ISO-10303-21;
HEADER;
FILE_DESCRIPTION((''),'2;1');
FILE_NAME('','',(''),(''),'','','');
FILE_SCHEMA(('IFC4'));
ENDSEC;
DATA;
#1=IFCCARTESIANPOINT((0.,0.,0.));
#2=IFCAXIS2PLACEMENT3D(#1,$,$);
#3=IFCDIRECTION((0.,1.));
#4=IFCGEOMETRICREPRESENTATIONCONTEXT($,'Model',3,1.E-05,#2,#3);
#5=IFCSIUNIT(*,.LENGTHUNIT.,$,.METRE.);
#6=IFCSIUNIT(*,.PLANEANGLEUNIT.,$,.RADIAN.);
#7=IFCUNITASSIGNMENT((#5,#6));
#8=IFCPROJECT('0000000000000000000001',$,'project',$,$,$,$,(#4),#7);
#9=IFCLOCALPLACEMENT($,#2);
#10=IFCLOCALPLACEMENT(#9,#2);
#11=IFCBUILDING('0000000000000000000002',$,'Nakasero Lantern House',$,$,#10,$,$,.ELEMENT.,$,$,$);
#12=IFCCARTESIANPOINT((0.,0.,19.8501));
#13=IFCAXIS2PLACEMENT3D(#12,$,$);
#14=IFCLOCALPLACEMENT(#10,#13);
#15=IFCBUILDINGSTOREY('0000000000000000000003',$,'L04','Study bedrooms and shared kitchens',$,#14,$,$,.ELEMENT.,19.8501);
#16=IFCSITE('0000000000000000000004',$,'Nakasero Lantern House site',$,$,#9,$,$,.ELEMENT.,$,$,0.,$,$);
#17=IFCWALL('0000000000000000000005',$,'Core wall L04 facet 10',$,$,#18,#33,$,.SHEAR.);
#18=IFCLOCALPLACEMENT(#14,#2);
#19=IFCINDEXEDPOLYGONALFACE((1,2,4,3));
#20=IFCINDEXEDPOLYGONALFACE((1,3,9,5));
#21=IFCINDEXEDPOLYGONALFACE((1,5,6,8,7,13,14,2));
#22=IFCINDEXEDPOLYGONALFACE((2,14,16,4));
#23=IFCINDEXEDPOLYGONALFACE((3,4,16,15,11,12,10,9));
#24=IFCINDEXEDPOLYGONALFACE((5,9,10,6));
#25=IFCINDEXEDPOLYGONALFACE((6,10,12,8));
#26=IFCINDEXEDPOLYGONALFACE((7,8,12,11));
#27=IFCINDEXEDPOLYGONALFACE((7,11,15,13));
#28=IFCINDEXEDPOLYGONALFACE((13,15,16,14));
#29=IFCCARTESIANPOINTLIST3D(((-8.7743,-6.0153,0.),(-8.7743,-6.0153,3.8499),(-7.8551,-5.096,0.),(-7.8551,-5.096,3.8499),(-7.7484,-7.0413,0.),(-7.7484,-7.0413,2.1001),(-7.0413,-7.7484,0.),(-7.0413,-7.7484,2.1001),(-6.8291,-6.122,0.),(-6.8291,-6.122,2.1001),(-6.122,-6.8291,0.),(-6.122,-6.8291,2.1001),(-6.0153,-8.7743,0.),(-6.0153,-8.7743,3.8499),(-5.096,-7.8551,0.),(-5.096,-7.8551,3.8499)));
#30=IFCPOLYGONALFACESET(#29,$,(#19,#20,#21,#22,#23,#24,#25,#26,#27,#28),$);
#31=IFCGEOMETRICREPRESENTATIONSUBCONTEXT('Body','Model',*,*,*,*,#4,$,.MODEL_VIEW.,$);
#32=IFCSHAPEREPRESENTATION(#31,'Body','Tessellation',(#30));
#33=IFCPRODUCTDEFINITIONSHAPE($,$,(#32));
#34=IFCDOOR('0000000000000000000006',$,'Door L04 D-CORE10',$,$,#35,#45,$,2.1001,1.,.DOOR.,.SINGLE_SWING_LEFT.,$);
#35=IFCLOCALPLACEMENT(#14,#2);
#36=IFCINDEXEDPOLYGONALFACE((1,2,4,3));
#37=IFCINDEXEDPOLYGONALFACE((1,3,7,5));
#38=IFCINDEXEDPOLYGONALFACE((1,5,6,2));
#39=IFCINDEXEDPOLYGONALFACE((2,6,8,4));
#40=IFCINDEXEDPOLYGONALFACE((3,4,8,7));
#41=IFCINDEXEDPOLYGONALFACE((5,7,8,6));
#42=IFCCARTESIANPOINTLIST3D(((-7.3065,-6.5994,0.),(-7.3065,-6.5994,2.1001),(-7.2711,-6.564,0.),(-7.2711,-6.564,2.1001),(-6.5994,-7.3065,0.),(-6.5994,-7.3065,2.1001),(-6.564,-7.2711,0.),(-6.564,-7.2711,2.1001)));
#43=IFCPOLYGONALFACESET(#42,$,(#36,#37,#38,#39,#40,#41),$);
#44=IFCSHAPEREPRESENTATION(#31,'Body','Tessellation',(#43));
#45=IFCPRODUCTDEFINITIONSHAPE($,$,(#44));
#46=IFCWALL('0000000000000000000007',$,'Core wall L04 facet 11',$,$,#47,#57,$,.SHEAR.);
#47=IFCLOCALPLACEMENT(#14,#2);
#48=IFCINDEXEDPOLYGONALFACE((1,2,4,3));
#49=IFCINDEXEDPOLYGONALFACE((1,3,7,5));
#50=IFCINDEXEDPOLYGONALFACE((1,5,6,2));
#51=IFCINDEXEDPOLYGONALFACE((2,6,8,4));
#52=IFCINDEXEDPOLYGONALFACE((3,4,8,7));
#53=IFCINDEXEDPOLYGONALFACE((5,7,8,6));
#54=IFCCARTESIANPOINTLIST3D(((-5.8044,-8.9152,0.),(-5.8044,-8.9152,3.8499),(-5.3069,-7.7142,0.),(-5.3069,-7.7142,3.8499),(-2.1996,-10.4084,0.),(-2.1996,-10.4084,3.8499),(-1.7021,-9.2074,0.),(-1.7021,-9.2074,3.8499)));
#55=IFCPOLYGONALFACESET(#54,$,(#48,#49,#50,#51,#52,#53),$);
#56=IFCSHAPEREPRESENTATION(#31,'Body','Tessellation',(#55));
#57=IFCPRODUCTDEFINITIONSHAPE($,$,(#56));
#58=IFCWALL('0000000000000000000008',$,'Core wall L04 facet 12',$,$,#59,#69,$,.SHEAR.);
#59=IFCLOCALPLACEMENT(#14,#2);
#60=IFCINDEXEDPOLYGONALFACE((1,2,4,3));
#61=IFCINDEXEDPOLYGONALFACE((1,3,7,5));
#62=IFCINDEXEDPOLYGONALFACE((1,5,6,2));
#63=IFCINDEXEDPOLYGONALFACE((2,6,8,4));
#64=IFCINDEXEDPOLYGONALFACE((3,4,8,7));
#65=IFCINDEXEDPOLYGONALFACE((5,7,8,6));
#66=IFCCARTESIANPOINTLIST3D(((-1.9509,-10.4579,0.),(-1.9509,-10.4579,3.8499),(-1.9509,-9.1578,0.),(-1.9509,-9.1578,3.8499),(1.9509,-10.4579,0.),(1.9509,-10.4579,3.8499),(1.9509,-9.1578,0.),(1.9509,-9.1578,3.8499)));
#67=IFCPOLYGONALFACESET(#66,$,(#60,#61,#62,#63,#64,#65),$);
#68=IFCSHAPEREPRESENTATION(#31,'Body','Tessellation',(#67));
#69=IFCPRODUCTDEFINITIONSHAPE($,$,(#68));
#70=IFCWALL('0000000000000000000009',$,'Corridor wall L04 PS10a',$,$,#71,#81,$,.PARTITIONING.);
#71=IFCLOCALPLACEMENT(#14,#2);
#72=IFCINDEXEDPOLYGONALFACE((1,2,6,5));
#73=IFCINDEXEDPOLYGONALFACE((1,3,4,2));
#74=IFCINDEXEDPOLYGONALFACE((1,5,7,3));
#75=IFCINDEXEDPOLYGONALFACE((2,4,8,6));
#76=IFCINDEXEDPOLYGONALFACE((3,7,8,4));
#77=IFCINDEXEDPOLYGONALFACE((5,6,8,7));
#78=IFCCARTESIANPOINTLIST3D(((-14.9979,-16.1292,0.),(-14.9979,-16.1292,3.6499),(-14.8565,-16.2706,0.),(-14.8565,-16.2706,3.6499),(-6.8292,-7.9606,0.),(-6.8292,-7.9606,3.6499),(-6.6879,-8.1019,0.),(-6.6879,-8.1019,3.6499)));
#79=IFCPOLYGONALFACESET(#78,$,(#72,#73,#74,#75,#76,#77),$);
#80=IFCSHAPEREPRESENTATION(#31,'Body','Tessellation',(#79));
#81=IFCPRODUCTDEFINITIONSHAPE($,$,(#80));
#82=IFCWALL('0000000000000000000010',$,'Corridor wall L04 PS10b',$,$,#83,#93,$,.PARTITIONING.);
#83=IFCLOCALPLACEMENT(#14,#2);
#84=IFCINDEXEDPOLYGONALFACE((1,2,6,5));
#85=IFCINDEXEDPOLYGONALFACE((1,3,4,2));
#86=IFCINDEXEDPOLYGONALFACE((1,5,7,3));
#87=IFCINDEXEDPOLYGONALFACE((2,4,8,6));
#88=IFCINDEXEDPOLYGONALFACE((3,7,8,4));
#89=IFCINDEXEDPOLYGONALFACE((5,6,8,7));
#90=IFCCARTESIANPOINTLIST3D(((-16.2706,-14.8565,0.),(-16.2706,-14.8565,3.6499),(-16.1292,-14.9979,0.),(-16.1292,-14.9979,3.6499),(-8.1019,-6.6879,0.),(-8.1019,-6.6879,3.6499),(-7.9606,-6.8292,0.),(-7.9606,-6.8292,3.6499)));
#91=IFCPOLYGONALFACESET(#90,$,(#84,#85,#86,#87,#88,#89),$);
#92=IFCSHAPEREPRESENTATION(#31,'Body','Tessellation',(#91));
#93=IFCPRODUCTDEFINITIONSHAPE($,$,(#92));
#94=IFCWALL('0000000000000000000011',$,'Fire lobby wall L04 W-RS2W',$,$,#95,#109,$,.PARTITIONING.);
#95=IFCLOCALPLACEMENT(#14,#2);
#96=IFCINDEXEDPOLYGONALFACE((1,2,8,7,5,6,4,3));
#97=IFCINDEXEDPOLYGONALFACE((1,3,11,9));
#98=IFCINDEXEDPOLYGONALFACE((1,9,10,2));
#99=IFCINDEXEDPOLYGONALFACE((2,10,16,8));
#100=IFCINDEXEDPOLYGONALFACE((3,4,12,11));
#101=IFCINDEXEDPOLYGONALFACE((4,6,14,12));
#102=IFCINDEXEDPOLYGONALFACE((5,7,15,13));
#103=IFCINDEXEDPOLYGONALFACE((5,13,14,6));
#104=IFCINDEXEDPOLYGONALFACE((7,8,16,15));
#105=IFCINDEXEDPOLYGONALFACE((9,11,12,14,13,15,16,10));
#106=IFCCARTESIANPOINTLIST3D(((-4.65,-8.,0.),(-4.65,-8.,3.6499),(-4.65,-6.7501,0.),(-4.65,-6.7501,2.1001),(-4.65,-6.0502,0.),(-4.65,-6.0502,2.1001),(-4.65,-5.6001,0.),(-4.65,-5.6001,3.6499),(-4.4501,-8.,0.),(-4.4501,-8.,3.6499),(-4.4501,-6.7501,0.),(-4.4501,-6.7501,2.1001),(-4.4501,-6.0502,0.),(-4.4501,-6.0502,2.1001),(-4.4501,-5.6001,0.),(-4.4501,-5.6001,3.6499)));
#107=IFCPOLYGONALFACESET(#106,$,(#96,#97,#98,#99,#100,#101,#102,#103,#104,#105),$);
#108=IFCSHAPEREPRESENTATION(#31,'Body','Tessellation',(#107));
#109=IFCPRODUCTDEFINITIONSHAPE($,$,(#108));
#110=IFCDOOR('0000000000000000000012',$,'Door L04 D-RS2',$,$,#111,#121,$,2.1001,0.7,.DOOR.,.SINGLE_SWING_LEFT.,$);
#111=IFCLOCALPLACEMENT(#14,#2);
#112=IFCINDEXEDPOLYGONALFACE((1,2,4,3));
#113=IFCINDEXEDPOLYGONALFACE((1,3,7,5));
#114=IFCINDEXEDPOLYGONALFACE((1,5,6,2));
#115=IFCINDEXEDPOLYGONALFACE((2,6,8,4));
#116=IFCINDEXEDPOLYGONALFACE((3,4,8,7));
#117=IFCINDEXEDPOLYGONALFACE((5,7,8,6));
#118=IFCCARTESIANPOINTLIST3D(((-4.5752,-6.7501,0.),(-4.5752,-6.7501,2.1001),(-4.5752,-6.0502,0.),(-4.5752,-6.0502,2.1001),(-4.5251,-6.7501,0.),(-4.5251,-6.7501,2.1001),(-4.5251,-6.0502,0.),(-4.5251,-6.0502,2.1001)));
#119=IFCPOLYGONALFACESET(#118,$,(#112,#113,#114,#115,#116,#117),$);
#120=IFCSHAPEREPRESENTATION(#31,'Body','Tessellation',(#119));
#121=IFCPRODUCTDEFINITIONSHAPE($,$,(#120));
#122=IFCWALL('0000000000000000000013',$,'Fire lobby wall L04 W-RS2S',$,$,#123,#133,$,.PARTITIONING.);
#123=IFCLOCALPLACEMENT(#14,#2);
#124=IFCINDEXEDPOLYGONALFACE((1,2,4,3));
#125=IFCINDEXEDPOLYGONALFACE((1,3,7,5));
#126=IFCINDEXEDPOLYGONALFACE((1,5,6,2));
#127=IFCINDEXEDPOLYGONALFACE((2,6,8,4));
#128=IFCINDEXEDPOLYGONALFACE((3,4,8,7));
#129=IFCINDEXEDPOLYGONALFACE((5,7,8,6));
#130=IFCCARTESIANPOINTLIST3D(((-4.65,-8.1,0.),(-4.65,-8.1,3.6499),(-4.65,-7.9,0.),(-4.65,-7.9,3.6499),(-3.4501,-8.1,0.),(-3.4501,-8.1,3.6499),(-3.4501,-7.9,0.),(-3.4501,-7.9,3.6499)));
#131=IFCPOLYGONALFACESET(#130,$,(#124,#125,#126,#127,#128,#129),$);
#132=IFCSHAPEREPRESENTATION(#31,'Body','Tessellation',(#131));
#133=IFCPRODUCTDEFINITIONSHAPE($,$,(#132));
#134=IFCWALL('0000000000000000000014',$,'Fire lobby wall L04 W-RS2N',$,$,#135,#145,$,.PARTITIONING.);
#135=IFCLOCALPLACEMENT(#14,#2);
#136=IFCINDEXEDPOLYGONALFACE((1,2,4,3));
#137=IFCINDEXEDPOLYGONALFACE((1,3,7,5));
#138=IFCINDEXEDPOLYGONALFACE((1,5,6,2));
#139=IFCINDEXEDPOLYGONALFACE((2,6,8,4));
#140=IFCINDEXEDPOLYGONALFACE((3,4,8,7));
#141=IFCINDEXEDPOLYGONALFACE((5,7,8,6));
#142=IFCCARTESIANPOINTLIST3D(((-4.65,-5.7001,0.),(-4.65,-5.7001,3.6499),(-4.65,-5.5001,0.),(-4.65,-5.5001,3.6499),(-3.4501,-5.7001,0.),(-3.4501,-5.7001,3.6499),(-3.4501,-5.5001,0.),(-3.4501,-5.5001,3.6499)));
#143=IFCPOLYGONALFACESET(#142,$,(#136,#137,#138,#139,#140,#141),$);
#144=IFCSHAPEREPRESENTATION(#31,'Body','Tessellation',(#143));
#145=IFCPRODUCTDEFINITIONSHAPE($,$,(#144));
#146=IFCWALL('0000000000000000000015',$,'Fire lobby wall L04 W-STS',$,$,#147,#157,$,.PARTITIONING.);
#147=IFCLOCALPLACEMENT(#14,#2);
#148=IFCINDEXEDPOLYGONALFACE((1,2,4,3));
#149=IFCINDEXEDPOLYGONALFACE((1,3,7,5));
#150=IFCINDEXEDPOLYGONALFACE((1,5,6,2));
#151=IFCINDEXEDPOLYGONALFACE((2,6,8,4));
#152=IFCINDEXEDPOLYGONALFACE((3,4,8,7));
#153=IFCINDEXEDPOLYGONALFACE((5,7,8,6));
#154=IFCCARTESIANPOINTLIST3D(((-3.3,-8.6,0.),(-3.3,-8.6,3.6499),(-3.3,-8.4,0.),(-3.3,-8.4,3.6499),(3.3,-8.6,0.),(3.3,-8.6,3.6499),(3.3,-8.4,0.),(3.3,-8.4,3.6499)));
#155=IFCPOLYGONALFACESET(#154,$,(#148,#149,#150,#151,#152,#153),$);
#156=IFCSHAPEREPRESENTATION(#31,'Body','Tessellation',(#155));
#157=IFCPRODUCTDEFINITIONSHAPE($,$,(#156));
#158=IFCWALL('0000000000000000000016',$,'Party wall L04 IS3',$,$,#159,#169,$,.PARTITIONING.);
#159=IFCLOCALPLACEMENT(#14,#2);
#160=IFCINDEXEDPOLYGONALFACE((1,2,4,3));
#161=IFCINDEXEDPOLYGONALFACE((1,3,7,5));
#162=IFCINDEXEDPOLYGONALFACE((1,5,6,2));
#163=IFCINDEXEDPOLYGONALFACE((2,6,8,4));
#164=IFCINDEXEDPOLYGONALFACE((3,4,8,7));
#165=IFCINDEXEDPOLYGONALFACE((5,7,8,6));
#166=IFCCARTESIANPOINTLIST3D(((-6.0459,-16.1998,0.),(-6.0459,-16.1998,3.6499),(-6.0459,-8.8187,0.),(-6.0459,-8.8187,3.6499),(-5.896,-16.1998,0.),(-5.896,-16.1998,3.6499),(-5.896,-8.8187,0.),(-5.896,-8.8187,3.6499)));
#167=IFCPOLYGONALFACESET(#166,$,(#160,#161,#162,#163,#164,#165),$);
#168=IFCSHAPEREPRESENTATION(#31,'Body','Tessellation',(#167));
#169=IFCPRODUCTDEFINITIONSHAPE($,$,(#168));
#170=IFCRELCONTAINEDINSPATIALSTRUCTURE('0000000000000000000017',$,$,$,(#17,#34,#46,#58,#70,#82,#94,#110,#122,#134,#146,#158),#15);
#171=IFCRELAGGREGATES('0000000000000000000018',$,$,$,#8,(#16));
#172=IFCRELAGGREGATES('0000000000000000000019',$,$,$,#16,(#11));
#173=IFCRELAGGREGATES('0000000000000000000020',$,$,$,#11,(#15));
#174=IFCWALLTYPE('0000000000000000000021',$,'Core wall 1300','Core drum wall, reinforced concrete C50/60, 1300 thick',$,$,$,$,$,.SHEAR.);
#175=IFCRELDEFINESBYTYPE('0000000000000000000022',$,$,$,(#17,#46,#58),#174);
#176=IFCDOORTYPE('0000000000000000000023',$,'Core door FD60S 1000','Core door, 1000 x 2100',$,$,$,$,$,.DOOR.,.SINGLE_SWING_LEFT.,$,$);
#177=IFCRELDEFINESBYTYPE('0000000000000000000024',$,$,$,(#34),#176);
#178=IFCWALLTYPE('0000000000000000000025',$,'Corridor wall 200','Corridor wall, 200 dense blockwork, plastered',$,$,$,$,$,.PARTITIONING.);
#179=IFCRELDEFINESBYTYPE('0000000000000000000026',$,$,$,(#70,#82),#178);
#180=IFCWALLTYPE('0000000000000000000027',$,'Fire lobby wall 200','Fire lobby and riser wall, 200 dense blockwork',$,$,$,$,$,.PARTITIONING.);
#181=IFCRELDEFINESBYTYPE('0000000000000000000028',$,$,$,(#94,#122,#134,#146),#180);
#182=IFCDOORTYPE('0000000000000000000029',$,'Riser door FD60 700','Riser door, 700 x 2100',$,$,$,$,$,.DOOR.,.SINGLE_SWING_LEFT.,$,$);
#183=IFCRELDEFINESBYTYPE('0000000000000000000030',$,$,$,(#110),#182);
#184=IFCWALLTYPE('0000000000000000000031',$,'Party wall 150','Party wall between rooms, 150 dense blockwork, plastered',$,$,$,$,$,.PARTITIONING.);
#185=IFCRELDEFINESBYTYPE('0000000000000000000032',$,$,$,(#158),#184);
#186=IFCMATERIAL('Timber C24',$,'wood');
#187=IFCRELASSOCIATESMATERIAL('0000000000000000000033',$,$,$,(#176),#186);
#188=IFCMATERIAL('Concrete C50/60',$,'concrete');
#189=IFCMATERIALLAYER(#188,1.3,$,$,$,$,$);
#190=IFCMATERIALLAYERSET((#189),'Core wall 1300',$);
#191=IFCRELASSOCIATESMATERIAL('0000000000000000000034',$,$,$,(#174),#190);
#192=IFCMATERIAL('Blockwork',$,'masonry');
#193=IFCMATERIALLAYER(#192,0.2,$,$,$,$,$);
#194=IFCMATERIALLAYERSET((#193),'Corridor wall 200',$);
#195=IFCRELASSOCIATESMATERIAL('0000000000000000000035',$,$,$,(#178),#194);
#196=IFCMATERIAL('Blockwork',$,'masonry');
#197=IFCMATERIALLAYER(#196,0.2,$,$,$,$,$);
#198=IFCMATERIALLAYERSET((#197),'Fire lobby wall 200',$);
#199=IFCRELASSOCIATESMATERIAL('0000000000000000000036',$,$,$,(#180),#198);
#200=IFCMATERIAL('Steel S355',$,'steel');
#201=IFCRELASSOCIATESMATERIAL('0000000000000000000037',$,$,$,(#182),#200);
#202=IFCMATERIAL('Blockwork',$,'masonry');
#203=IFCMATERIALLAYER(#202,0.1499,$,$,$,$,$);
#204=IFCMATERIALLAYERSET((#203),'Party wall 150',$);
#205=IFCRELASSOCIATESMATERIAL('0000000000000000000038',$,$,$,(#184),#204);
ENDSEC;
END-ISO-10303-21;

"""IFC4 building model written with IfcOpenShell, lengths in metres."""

from ifc_helpers import new_model, si_unit, direction, frame, frame_2d, origin, place, context, subcontext, project, spatial, rectangle, extrude, material, layer, layer_set, type_object, element, fill, save


model = new_model("IFC4")

# Units and contexts
model_context = context("Model", 3, precision=1e-05, world=origin(), true_north=direction((0.0, 1.0)))
body_context = subcontext(model_context, "Body", "Model", "MODEL_VIEW")
ifc_project = project(units=[si_unit("LENGTHUNIT", "METRE"), si_unit("PLANEANGLEUNIT", "RADIAN")], contexts=[model_context])

# Site, building, storey
site_placement = place(None, origin())
site = spatial("IfcSite", under=ifc_project, at=site_placement, Name="Nakasero Lantern House site", CompositionType="ELEMENT", RefElevation=0.0)
building_placement = place(site_placement, origin())
building = spatial("IfcBuilding", under=site, at=building_placement, Name="Nakasero Lantern House", CompositionType="ELEMENT")
storey_placement = place(building_placement, frame((0.0, 0.0, 19.8501)))
storey = spatial("IfcBuildingStorey", under=building, at=storey_placement, Name="L04", Description="Study bedrooms and shared kitchens", CompositionType="ELEMENT", Elevation=19.8501)

# Shared definitions
ifc_material_1 = material(Name="Timber C24", Category="wood")
door_type_1 = type_object("IfcDoorType", Name="Core door FD60S 1000", Description="Core door, 1000 x 2100", OperationType="SINGLE_SWING_LEFT", PredefinedType="DOOR", material=ifc_material_1)

# Shared definitions
ifc_material_2 = material(Name="Concrete C50/60", Category="concrete")
ifc_layer_1 = layer(ifc_material_2, 1.3)
ifc_layer_set_1 = layer_set([ifc_layer_1], Name="Core wall 1300")
wall_type_1 = type_object("IfcWallType", Name="Core wall 1300", Description="Core drum wall, reinforced concrete C50/60, 1300 thick", PredefinedType="SHEAR", material=ifc_layer_set_1)

# Wall, opening, door
wall_1_placement = place(storey_placement, frame((-8.3147, -5.5557, 0.0), z_axis=(0.0, 0.0, 1.0), x_axis=(0.707107, -0.707107, 0.0)))
wall_1 = element("IfcWall", 1, at=wall_1_placement, inside=storey, type_object=wall_type_1, Name="Core wall L04 facet 10", PredefinedType="SHEAR", context=body_context, shape_type="SweptSolid", body=[
    extrude(rectangle(XDim=3.9019, YDim=1.3, at=frame_2d((1.9509, 0.0))), origin(), (0.0, 0.0, 1.0), 3.8499),
])
opening_1_placement = place(wall_1_placement, frame((1.4509, 0.0, 0.0)))
opening_1 = element("IfcOpeningElement", 2, at=opening_1_placement, cuts=wall_1, PredefinedType="OPENING", context=body_context, shape_type="SweptSolid", body=[
    extrude(rectangle(XDim=1.0, YDim=2.1001, at=frame_2d((0.5, 1.05))), frame((0.0, 0.6699, 0.0), z_axis=(0.0, -1.0, 0.0), x_axis=(1.0, 0.0, 0.0)), (0.0, 0.0, 1.0), 1.3401),
])
door_1_placement = place(opening_1_placement, origin())
door_1 = element("IfcDoor", 3, at=door_1_placement, inside=storey, type_object=door_type_1, Name="Door L04 D-CORE10", OperationType="SINGLE_SWING_LEFT", OverallHeight=2.1001, OverallWidth=1.0, PredefinedType="DOOR", context=body_context, shape_type="SweptSolid", body=[
    extrude(rectangle(XDim=1.0, YDim=2.1001, at=frame_2d((0.5, 1.05))), frame((0.0, 0.0249, 0.0), z_axis=(0.0, -1.0, 0.0), x_axis=(1.0, 0.0, 0.0)), (0.0, 0.0, 1.0), 0.05),
])
fill(opening_1, door_1)

# Walls
for number, where, z_axis, x_axis, name in (
    (4, (-5.5557, -8.3147, 0.0), (0.0, 0.0, 1.0), (0.923877, -0.382691, 0.0), "Core wall L04 facet 11"),
    (5, (-1.9509, -9.8079, 0.0), (0.0, 0.0, 1.0), (1.0, 0.0, 0.0), "Core wall L04 facet 12"),
):
    element("IfcWall", number, at=place(storey_placement, frame(where, z_axis=z_axis, x_axis=x_axis)), inside=storey, type_object=wall_type_1, Name=name, PredefinedType="SHEAR", context=body_context, shape_type="SweptSolid", body=[
        extrude(rectangle(XDim=3.9019, YDim=1.3, at=frame_2d((1.9509, 0.0))), origin(), (0.0, 0.0, 1.0), 3.8499),
    ])
ifc_material_3 = material(Name="Blockwork", Category="masonry")
ifc_layer_2 = layer(ifc_material_3, 0.2)
ifc_layer_set_2 = layer_set([ifc_layer_2], Name="Corridor wall 200")
wall_type_2 = type_object("IfcWallType", Name="Corridor wall 200", Description="Corridor wall, 200 dense blockwork, plastered", PredefinedType="PARTITIONING", material=ifc_layer_set_2)
for number, where, z_axis, x_axis, name in (
    (6, (-6.7585, -8.0312, 0.0), (0.0, 0.0, 1.0), (-0.707107, -0.707107, 0.0), "Corridor wall L04 PS10a"),
    (7, (-8.0312, -6.7585, 0.0), (0.0, 0.0, 1.0), (-0.707107, -0.707107, 0.0), "Corridor wall L04 PS10b"),
):
    element("IfcWall", number, at=place(storey_placement, frame(where, z_axis=z_axis, x_axis=x_axis)), inside=storey, type_object=wall_type_2, Name=name, PredefinedType="PARTITIONING", context=body_context, shape_type="SweptSolid", body=[
        extrude(rectangle(XDim=11.5522, YDim=0.2, at=frame_2d((5.7761, 0.0))), origin(), (0.0, 0.0, 1.0), 3.6499),
    ])

# Wall, opening, door
ifc_material_4 = material(Name="Blockwork", Category="masonry")
ifc_layer_3 = layer(ifc_material_4, 0.2)
ifc_layer_set_3 = layer_set([ifc_layer_3], Name="Fire lobby wall 200")
wall_type_3 = type_object("IfcWallType", Name="Fire lobby wall 200", Description="Fire lobby and riser wall, 200 dense blockwork", PredefinedType="PARTITIONING", material=ifc_layer_set_3)
wall_2_placement = place(storey_placement, frame((-4.55, -5.6001, 0.0), z_axis=(0.0, 0.0, 1.0), x_axis=(0.0, -1.0, 0.0)))
wall_2 = element("IfcWall", 8, at=wall_2_placement, inside=storey, type_object=wall_type_3, Name="Fire lobby wall L04 W-RS2W", PredefinedType="PARTITIONING", context=body_context, shape_type="SweptSolid", body=[
    extrude(rectangle(XDim=2.3999, YDim=0.2, at=frame_2d((1.2, 0.0))), origin(), (0.0, 0.0, 1.0), 3.6499),
])
opening_2_placement = place(wall_2_placement, frame((0.45, 0.0, 0.0)))
opening_2 = element("IfcOpeningElement", 9, at=opening_2_placement, cuts=wall_2, PredefinedType="OPENING", context=body_context, shape_type="SweptSolid", body=[
    extrude(rectangle(XDim=0.7, YDim=2.1001, at=frame_2d((0.3501, 1.05))), frame((0.0, 0.1199, 0.0), z_axis=(0.0, -1.0, 0.0), x_axis=(1.0, 0.0, 0.0)), (0.0, 0.0, 1.0), 0.24),
])
ifc_material_5 = material(Name="Steel S355", Category="steel")
door_type_2 = type_object("IfcDoorType", Name="Riser door FD60 700", Description="Riser door, 700 x 2100", OperationType="SINGLE_SWING_LEFT", PredefinedType="DOOR", material=ifc_material_5)
door_2_placement = place(opening_2_placement, origin())
door_2 = element("IfcDoor", 10, at=door_2_placement, inside=storey, type_object=door_type_2, Name="Door L04 D-RS2", OperationType="SINGLE_SWING_LEFT", OverallHeight=2.1001, OverallWidth=0.7, PredefinedType="DOOR", context=body_context, shape_type="SweptSolid", body=[
    extrude(rectangle(XDim=0.7, YDim=2.1001, at=frame_2d((0.3501, 1.05))), frame((0.0, 0.0249, 0.0), z_axis=(0.0, -1.0, 0.0), x_axis=(1.0, 0.0, 0.0)), (0.0, 0.0, 1.0), 0.05),
])
fill(opening_2, door_2)

# Walls
for number, where, z_axis, x_axis, name in (
    (11, (-3.45, -8.0, 0.0), (0.0, 0.0, 1.0), (-1.0, 0.0, 0.0), "Fire lobby wall L04 W-RS2S"),
    (12, (-3.45, -5.6001, 0.0), (0.0, 0.0, 1.0), (-1.0, 0.0, 0.0), "Fire lobby wall L04 W-RS2N"),
):
    element("IfcWall", number, at=place(storey_placement, frame(where, z_axis=z_axis, x_axis=x_axis)), inside=storey, type_object=wall_type_3, Name=name, PredefinedType="PARTITIONING", context=body_context, shape_type="SweptSolid", body=[
        extrude(rectangle(XDim=1.2, YDim=0.2, at=frame_2d((0.6001, 0.0))), origin(), (0.0, 0.0, 1.0), 3.6499),
    ])
wall_3_placement = place(storey_placement, frame((-3.3, -8.5, 0.0), z_axis=(0.0, 0.0, 1.0), x_axis=(1.0, 0.0, 0.0)))
element("IfcWall", 13, at=wall_3_placement, inside=storey, type_object=wall_type_3, Name="Fire lobby wall L04 W-STS", PredefinedType="PARTITIONING", context=body_context, shape_type="SweptSolid", body=[
    extrude(rectangle(XDim=6.6001, YDim=0.2, at=frame_2d((3.3, 0.0))), origin(), (0.0, 0.0, 1.0), 3.6499),
])
ifc_material_6 = material(Name="Blockwork", Category="masonry")
ifc_layer_4 = layer(ifc_material_6, 0.1499)
ifc_layer_set_4 = layer_set([ifc_layer_4], Name="Party wall 150")
wall_type_4 = type_object("IfcWallType", Name="Party wall 150", Description="Party wall between rooms, 150 dense blockwork, plastered", PredefinedType="PARTITIONING", material=ifc_layer_set_4)
wall_4_placement = place(storey_placement, frame((-5.9709, -8.8188, 0.0), z_axis=(0.0, 0.0, 1.0), x_axis=(0.0, -1.0, 0.0)))
element("IfcWall", 14, at=wall_4_placement, inside=storey, type_object=wall_type_4, Name="Party wall L04 IS3", PredefinedType="PARTITIONING", context=body_context, shape_type="SweptSolid", body=[
    extrude(rectangle(XDim=7.3811, YDim=0.1499, at=frame_2d((3.6904, 0.0))), origin(), (0.0, 0.0, 1.0), 3.6499),
])

save(model, "model.ifc")
